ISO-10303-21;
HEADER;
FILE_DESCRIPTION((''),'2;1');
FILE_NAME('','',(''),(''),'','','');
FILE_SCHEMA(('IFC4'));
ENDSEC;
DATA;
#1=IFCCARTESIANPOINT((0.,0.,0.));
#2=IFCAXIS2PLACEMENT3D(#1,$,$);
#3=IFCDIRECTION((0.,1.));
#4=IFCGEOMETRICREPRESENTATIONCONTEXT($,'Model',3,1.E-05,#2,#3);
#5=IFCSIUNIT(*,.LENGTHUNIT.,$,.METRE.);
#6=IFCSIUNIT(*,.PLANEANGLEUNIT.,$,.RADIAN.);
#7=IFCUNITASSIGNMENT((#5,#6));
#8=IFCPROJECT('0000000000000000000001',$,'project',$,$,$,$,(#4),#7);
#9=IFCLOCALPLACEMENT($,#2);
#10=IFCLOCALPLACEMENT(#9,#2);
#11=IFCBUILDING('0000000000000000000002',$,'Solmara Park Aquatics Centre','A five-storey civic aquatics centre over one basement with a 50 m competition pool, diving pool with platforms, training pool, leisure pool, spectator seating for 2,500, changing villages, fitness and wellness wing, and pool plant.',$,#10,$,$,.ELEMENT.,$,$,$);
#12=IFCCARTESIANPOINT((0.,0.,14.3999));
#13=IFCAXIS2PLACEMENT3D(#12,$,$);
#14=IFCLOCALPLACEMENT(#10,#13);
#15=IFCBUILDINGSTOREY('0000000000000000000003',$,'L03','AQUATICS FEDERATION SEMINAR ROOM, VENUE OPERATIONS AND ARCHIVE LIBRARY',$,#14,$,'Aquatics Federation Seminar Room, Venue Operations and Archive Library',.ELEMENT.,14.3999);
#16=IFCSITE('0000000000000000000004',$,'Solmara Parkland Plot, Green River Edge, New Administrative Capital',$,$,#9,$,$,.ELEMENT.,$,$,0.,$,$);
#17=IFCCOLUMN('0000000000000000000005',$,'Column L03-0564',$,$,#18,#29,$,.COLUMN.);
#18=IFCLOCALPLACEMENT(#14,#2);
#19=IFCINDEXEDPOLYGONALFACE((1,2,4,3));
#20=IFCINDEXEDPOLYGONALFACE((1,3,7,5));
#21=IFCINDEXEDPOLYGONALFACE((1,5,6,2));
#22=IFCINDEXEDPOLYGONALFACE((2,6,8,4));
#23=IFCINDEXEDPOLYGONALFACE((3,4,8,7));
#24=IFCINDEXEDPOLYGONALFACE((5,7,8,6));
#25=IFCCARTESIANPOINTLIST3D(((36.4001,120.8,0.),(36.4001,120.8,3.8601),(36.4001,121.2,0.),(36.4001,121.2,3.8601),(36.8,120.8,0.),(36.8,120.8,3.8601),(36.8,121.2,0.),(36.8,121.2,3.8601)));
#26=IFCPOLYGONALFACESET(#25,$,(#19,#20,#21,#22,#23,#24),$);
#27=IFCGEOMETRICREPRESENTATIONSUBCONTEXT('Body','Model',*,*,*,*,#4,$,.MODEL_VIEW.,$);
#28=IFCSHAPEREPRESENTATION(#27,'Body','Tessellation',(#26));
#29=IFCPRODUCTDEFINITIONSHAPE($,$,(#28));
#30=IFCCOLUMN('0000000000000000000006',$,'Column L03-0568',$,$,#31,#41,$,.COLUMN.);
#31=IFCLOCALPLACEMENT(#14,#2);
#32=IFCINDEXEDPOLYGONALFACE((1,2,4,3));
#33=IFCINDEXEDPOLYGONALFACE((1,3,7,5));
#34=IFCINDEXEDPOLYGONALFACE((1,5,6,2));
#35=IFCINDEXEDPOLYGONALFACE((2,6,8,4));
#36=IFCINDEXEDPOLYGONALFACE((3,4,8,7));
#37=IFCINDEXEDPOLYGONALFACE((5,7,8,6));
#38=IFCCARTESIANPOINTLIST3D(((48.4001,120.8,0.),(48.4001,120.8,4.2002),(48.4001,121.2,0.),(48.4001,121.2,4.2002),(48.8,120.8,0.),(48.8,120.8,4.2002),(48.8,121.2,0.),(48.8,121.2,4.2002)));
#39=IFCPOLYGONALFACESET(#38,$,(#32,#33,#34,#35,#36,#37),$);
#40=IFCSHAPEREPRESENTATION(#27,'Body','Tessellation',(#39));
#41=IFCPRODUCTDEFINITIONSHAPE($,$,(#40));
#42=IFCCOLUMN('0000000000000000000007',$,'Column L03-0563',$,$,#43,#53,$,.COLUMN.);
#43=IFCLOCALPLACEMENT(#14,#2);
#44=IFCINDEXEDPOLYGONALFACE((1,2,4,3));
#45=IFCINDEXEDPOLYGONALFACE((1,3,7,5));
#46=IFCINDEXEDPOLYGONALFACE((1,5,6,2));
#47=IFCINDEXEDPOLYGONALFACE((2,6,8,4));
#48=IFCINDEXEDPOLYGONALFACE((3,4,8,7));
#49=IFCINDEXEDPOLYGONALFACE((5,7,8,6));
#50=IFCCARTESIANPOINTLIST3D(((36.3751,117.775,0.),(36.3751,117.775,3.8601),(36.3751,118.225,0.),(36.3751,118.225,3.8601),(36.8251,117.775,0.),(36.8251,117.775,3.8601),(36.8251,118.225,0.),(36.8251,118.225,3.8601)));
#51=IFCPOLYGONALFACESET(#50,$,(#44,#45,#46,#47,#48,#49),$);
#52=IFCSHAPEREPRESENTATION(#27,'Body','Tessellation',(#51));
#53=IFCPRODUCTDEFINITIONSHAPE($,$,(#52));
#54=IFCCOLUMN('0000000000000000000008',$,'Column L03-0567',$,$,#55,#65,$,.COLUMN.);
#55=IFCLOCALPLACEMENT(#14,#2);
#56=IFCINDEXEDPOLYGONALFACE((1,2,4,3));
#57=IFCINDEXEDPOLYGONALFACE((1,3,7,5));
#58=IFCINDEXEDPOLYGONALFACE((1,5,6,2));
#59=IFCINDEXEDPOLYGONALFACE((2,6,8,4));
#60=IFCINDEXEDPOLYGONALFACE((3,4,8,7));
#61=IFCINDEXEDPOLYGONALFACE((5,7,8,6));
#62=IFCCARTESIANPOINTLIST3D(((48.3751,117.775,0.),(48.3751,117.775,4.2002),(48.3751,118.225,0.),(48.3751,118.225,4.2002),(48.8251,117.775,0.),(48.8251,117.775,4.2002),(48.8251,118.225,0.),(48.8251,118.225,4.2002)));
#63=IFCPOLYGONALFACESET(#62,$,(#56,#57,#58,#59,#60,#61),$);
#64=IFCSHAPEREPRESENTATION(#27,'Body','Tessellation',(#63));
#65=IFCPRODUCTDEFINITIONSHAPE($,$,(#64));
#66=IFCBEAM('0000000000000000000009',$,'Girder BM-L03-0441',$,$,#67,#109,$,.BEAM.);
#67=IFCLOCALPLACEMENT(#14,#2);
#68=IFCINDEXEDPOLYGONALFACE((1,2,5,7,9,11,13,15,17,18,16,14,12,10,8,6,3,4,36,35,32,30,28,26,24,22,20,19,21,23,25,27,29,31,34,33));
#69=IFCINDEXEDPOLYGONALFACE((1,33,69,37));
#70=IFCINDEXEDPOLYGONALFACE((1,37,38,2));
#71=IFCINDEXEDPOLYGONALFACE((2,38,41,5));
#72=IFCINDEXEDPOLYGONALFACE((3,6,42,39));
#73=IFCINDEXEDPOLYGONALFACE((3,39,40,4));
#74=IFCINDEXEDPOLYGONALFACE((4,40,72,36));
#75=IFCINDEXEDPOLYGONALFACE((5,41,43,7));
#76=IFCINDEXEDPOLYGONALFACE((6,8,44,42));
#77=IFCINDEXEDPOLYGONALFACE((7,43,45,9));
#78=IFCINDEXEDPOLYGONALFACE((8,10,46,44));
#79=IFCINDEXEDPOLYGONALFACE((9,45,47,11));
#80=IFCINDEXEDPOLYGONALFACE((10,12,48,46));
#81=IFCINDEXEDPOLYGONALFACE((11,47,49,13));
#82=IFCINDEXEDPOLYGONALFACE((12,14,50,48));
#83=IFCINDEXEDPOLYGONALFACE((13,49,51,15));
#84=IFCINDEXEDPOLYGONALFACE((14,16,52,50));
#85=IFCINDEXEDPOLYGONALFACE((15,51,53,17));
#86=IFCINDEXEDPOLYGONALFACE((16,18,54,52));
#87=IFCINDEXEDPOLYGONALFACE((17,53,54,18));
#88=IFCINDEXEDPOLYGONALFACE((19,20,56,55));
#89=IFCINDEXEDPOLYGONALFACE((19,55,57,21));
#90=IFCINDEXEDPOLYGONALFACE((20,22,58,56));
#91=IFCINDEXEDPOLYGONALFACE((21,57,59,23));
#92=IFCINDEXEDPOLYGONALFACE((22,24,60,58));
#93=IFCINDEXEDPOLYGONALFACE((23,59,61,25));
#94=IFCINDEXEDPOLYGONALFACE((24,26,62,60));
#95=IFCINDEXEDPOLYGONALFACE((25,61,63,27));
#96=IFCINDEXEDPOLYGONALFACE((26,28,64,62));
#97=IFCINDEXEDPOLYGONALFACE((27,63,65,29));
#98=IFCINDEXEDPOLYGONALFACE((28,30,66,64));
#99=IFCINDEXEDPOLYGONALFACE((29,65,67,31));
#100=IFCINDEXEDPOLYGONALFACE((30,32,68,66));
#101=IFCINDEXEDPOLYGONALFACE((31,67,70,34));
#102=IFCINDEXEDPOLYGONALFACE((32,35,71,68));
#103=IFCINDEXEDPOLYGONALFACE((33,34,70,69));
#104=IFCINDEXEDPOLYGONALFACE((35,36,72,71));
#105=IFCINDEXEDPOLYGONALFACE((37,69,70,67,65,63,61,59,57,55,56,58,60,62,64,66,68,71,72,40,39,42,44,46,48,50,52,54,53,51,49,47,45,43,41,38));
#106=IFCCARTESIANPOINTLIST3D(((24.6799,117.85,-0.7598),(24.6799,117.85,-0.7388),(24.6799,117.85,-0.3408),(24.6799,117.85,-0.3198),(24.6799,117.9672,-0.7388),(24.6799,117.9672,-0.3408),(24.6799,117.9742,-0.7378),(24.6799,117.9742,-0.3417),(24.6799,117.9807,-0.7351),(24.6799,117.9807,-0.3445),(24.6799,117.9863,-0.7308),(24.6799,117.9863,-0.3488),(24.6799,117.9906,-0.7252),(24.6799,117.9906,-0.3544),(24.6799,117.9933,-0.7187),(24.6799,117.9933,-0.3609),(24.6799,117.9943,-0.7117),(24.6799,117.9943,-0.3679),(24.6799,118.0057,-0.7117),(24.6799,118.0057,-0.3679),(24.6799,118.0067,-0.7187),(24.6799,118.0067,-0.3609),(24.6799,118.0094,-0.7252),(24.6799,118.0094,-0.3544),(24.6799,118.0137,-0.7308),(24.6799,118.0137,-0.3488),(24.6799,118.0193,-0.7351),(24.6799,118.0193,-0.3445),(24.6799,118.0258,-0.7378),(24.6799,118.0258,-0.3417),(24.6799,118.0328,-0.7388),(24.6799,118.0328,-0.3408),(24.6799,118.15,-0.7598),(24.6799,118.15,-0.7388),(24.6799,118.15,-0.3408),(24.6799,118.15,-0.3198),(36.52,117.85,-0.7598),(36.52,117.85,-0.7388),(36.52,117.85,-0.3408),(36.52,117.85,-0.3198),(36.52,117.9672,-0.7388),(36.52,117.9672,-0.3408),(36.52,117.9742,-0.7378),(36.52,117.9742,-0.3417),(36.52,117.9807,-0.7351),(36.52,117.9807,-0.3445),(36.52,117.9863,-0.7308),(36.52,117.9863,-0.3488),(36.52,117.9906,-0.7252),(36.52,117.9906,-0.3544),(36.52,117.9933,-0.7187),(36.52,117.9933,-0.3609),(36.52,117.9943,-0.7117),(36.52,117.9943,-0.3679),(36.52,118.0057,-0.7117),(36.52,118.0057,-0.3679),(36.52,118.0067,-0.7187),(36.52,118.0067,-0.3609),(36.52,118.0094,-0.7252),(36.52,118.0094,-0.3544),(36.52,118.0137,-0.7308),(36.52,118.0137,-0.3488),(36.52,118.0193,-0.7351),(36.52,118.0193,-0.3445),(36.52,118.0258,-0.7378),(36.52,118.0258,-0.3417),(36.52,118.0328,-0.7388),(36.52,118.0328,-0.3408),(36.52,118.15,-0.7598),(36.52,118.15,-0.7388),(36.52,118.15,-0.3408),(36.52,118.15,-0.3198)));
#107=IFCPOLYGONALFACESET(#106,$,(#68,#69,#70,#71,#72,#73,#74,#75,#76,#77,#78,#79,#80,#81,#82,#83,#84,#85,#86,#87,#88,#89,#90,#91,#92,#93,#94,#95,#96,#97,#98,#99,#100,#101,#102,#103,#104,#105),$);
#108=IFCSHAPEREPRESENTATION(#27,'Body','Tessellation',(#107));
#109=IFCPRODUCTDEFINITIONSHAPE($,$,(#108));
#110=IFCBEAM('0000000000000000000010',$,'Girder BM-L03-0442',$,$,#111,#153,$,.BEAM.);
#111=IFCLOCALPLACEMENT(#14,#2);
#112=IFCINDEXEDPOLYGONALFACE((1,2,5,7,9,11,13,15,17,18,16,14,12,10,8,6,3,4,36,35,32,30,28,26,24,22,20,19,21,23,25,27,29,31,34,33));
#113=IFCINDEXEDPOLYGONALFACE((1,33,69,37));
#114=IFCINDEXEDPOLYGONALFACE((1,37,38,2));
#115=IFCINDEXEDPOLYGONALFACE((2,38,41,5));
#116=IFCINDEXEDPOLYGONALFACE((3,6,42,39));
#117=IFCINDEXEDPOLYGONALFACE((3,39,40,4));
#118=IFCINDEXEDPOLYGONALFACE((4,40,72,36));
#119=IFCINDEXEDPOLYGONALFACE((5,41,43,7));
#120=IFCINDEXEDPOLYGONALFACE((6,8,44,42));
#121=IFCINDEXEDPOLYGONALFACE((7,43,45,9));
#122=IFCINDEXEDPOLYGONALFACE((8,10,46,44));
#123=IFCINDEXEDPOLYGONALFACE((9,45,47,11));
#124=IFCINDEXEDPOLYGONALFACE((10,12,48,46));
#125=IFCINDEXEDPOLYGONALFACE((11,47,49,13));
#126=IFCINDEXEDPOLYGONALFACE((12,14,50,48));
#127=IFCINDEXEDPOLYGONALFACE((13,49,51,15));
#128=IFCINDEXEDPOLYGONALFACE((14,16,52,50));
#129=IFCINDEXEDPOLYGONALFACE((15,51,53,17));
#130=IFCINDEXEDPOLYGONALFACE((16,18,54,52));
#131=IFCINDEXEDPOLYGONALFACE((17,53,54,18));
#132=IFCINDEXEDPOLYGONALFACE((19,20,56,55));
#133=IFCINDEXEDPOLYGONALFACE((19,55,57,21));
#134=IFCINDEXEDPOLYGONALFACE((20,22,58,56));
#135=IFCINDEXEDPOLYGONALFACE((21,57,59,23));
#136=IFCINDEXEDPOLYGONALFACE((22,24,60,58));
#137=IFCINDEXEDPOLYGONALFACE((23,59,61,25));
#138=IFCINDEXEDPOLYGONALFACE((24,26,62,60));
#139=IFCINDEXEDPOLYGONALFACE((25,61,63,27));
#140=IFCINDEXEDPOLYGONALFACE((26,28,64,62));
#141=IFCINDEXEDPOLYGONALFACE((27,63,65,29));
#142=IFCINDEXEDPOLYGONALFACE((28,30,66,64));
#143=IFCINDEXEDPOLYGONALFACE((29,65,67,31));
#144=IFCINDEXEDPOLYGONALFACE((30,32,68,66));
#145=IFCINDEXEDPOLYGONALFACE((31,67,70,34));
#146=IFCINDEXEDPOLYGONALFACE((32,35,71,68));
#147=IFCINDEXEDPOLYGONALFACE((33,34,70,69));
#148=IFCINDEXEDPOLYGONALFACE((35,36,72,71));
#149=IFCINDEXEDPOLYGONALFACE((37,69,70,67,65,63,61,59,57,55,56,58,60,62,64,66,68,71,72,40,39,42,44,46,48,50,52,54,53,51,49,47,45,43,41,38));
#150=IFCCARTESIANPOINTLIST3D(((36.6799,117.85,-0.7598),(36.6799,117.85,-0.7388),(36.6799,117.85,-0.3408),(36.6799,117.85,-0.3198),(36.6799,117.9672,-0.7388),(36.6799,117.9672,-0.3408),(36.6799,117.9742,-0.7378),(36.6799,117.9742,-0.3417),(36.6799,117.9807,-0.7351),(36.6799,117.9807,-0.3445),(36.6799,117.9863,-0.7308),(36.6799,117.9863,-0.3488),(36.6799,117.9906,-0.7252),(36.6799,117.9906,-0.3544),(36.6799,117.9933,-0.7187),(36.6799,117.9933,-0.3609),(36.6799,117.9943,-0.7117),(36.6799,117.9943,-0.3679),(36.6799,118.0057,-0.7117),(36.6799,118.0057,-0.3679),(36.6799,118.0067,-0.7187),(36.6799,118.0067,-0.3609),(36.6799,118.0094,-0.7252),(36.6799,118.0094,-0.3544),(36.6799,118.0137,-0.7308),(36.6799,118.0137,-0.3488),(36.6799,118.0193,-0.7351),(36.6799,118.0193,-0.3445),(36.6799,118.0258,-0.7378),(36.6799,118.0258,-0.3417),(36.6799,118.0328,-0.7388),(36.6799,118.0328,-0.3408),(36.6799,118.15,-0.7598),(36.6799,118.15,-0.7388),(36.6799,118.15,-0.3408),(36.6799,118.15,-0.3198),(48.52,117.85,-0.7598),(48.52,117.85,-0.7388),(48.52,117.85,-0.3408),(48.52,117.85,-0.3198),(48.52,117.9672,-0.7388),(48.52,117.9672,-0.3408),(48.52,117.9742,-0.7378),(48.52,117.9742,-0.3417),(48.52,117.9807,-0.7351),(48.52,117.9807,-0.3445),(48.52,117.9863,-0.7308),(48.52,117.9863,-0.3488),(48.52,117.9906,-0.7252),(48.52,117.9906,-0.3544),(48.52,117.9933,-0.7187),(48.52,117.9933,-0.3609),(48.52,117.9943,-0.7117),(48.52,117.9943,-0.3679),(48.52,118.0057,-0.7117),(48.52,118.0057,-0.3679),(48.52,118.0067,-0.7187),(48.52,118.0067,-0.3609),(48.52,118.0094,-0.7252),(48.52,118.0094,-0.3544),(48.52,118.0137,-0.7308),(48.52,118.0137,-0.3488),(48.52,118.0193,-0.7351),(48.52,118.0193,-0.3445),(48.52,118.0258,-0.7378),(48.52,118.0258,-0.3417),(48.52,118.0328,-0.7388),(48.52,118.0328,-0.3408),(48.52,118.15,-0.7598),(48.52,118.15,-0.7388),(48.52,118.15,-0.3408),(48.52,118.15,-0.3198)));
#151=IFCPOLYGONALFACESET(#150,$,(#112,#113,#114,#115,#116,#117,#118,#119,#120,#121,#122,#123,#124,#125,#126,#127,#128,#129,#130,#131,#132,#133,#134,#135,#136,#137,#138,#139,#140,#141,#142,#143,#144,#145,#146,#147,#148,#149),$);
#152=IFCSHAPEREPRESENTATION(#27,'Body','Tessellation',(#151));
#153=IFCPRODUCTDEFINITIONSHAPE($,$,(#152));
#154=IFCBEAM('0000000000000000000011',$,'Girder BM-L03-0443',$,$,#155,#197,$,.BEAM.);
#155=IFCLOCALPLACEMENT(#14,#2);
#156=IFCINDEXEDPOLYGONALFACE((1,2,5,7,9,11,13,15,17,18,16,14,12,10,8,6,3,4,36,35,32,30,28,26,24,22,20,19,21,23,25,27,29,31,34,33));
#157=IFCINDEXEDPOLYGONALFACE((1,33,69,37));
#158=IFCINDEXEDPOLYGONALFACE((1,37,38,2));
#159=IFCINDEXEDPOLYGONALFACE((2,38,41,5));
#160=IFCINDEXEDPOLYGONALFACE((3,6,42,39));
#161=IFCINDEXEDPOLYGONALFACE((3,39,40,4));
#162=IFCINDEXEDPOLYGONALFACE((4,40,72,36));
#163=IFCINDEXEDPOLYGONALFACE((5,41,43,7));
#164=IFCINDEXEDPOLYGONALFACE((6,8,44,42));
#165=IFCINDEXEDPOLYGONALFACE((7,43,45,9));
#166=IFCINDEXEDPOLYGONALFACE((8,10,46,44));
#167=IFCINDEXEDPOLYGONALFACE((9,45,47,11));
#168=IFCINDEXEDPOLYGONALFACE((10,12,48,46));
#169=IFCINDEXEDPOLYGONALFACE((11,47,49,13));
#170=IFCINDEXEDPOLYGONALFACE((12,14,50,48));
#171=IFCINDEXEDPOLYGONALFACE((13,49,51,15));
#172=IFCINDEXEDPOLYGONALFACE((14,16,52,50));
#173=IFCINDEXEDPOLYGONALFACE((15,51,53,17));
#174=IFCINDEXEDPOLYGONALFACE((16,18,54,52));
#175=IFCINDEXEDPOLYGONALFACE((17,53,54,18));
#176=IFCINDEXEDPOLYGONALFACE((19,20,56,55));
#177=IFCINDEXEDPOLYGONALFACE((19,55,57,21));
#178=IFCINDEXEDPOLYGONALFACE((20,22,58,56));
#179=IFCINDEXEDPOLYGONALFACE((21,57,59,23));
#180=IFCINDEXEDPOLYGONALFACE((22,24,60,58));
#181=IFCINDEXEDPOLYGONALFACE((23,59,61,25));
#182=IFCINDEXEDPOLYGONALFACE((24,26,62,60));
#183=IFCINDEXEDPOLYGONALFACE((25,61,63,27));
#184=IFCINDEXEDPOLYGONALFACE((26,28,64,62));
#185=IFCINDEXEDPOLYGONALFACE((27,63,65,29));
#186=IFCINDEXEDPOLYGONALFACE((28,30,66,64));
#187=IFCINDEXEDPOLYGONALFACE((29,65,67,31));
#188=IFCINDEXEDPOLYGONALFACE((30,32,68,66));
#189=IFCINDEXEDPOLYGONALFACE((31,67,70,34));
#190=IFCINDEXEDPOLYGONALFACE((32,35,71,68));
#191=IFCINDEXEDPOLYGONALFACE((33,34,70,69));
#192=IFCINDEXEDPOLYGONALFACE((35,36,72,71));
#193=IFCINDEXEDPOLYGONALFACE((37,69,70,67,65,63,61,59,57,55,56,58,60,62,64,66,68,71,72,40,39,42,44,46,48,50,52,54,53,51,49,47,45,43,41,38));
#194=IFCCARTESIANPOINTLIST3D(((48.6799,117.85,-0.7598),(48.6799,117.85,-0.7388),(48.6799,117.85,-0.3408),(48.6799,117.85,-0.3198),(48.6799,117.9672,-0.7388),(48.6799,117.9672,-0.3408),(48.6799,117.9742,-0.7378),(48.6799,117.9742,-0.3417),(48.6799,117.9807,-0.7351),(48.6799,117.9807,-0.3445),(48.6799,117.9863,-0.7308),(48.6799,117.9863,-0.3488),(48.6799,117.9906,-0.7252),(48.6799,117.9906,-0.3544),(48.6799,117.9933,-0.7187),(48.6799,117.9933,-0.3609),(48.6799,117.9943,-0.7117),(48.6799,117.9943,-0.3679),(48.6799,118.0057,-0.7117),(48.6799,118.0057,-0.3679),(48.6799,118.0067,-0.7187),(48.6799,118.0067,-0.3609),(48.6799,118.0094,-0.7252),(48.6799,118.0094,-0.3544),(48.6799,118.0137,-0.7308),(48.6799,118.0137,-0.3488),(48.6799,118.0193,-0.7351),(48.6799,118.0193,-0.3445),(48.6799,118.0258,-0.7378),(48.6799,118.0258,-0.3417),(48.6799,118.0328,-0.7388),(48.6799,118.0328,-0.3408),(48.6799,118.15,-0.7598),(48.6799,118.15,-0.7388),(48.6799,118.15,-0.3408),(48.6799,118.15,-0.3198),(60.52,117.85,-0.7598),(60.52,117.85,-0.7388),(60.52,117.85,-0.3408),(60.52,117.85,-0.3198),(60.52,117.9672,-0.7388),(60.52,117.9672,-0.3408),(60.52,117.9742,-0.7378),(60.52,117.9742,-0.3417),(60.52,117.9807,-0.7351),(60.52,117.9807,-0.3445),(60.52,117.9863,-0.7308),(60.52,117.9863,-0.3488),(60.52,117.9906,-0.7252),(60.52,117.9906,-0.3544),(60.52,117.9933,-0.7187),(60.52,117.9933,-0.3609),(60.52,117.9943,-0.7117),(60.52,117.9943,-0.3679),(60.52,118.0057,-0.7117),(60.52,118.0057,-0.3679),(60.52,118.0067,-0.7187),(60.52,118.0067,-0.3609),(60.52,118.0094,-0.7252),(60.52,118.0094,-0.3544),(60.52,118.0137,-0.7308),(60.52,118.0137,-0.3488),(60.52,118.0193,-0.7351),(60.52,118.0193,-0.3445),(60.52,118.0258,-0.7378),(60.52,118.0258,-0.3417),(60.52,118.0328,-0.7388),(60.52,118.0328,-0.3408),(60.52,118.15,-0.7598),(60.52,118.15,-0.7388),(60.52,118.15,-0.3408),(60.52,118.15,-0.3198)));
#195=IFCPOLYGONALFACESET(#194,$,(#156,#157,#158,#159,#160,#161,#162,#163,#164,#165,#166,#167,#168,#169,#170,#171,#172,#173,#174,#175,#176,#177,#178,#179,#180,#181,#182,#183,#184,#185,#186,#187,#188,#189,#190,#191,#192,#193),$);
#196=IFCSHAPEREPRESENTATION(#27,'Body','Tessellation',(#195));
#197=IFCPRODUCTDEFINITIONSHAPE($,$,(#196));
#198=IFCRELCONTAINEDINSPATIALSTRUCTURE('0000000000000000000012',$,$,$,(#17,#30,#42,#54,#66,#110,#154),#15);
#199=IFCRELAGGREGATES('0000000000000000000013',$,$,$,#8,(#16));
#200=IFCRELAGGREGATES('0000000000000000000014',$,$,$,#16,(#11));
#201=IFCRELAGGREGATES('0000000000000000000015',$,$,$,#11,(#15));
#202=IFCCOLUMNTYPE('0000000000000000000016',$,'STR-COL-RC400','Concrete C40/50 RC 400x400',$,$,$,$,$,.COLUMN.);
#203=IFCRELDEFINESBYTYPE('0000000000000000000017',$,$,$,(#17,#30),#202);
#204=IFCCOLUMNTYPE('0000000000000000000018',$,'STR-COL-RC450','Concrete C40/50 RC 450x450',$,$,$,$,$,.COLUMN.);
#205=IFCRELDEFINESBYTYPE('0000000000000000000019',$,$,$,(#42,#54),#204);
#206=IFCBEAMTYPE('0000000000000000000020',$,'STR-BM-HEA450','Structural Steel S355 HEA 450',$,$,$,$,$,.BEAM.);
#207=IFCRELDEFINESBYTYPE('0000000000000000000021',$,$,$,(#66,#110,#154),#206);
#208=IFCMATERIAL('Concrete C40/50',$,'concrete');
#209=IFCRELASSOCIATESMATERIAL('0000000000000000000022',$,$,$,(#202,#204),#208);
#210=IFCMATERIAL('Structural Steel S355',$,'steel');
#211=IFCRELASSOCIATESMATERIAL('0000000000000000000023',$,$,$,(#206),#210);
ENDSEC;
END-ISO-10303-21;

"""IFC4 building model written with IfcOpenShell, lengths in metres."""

from ifc_helpers import new_model, si_unit, direction, frame, origin, origin_2d, place, context, subcontext, project, spatial, rectangle, i_section, extrude, material, material_profile, profile_set, type_object, element, save


model = new_model("IFC4")

# Units and contexts
model_context = context("Model", 3, precision=1e-05, world=origin(), true_north=direction((0.0, 1.0)))
body_context = subcontext(model_context, "Body", "Model", "MODEL_VIEW")
ifc_project = project(units=[si_unit("LENGTHUNIT", "METRE"), si_unit("PLANEANGLEUNIT", "RADIAN")], contexts=[model_context])

# Site, building, storey
site_placement = place(None, origin())
site = spatial("IfcSite", under=ifc_project, at=site_placement, Name="Solmara Parkland Plot, Green River Edge, New Administrative Capital", CompositionType="ELEMENT", RefElevation=0.0)
building_placement = place(site_placement, origin())
building = spatial("IfcBuilding", under=site, at=building_placement, Name="Solmara Park Aquatics Centre", Description="A five-storey civic aquatics centre over one basement with a 50 m competition pool, diving pool with platforms, training pool, leisure pool, spectator seating for 2,500, changing villages, fitness and wellness wing, and pool plant.", CompositionType="ELEMENT")
storey_placement = place(building_placement, frame((0.0, 0.0, 14.3999)))
storey = spatial("IfcBuildingStorey", under=building, at=storey_placement, Name="L03", Description="AQUATICS FEDERATION SEMINAR ROOM, VENUE OPERATIONS AND ARCHIVE LIBRARY", LongName="Aquatics Federation Seminar Room, Venue Operations and Archive Library", CompositionType="ELEMENT", Elevation=14.3999)

# Columns
ifc_material_1 = material(Name="Concrete C40/50", Category="concrete")
ifc_material_profile_1 = material_profile(ifc_material_1, rectangle(XDim=0.3999, YDim=0.3999, at=origin_2d()), Name="RC 400x400")
ifc_profile_set_1 = profile_set([ifc_material_profile_1], Name="Concrete C40/50")
column_type_1 = type_object("IfcColumnType", Name="STR-COL-RC400", Description="Concrete C40/50 RC 400x400", PredefinedType="COLUMN", material=ifc_profile_set_1)
column_1_placement = place(storey_placement, frame((36.6001, 121.0, 0.0), z_axis=(0.0, 0.0, 1.0), x_axis=(1.0, 0.0, 0.0)))
element("IfcColumn", 1, at=column_1_placement, inside=storey, type_object=column_type_1, Name="Column L03-0564", PredefinedType="COLUMN", context=body_context, shape_type="SweptSolid", body=[
    extrude(rectangle(XDim=0.3999, YDim=0.3999, at=origin_2d()), origin(), (0.0, 0.0, 1.0), 3.8601),
])
column_2_placement = place(storey_placement, frame((48.6001, 121.0, 0.0), z_axis=(0.0, 0.0, 1.0), x_axis=(1.0, 0.0, 0.0)))
element("IfcColumn", 2, at=column_2_placement, inside=storey, type_object=column_type_1, Name="Column L03-0568", PredefinedType="COLUMN", context=body_context, shape_type="SweptSolid", body=[
    extrude(rectangle(XDim=0.3999, YDim=0.3999, at=origin_2d()), origin(), (0.0, 0.0, 1.0), 4.2002),
])
ifc_material_profile_2 = material_profile(ifc_material_1, rectangle(XDim=0.45, YDim=0.45, at=origin_2d()), Name="RC 450x450")
ifc_profile_set_2 = profile_set([ifc_material_profile_2], Name="Concrete C40/50")
column_type_2 = type_object("IfcColumnType", Name="STR-COL-RC450", Description="Concrete C40/50 RC 450x450", PredefinedType="COLUMN", material=ifc_profile_set_2)
column_3_placement = place(storey_placement, frame((36.6001, 118.0, 0.0), z_axis=(0.0, 0.0, 1.0), x_axis=(1.0, 0.0, 0.0)))
element("IfcColumn", 3, at=column_3_placement, inside=storey, type_object=column_type_2, Name="Column L03-0563", PredefinedType="COLUMN", context=body_context, shape_type="SweptSolid", body=[
    extrude(rectangle(XDim=0.45, YDim=0.45, at=origin_2d()), origin(), (0.0, 0.0, 1.0), 3.8601),
])
column_4_placement = place(storey_placement, frame((48.6001, 118.0, 0.0), z_axis=(0.0, 0.0, 1.0), x_axis=(1.0, 0.0, 0.0)))
element("IfcColumn", 4, at=column_4_placement, inside=storey, type_object=column_type_2, Name="Column L03-0567", PredefinedType="COLUMN", context=body_context, shape_type="SweptSolid", body=[
    extrude(rectangle(XDim=0.45, YDim=0.45, at=origin_2d()), origin(), (0.0, 0.0, 1.0), 4.2002),
])

# Beams
ifc_material_2 = material(Name="Structural Steel S355", Category="steel")
ifc_material_profile_3 = material_profile(ifc_material_2, i_section(OverallWidth=0.3, OverallDepth=0.4399, WebThickness=0.0115, FlangeThickness=0.021, FilletRadius=0.0271, at=origin_2d()), Name="HEA 450")
ifc_profile_set_3 = profile_set([ifc_material_profile_3], Name="Structural Steel S355")
beam_type_1 = type_object("IfcBeamType", Name="STR-BM-HEA450", Description="Structural Steel S355 HEA 450", PredefinedType="BEAM", material=ifc_profile_set_3)
for number, where, z_axis, x_axis, name in (
    (5, (24.6799, 118.0, -0.5398), (1.0, 0.0, 0.0), (0.0, 1.0, 0.0), "Girder BM-L03-0441"),
    (6, (36.6799, 118.0, -0.5398), (1.0, 0.0, 0.0), (0.0, 1.0, 0.0), "Girder BM-L03-0442"),
    (7, (48.6799, 118.0, -0.5398), (1.0, 0.0, 0.0), (0.0, 1.0, 0.0), "Girder BM-L03-0443"),
):
    element("IfcBeam", number, at=place(storey_placement, frame(where, z_axis=z_axis, x_axis=x_axis)), inside=storey, type_object=beam_type_1, Name=name, PredefinedType="BEAM", context=body_context, shape_type="SweptSolid", body=[
        extrude(i_section(OverallWidth=0.3, OverallDepth=0.4399, WebThickness=0.0115, FlangeThickness=0.021, FilletRadius=0.0271, at=origin_2d()), origin(), (0.0, 0.0, 1.0), 11.8401),
    ])

save(model, "model.ifc")
